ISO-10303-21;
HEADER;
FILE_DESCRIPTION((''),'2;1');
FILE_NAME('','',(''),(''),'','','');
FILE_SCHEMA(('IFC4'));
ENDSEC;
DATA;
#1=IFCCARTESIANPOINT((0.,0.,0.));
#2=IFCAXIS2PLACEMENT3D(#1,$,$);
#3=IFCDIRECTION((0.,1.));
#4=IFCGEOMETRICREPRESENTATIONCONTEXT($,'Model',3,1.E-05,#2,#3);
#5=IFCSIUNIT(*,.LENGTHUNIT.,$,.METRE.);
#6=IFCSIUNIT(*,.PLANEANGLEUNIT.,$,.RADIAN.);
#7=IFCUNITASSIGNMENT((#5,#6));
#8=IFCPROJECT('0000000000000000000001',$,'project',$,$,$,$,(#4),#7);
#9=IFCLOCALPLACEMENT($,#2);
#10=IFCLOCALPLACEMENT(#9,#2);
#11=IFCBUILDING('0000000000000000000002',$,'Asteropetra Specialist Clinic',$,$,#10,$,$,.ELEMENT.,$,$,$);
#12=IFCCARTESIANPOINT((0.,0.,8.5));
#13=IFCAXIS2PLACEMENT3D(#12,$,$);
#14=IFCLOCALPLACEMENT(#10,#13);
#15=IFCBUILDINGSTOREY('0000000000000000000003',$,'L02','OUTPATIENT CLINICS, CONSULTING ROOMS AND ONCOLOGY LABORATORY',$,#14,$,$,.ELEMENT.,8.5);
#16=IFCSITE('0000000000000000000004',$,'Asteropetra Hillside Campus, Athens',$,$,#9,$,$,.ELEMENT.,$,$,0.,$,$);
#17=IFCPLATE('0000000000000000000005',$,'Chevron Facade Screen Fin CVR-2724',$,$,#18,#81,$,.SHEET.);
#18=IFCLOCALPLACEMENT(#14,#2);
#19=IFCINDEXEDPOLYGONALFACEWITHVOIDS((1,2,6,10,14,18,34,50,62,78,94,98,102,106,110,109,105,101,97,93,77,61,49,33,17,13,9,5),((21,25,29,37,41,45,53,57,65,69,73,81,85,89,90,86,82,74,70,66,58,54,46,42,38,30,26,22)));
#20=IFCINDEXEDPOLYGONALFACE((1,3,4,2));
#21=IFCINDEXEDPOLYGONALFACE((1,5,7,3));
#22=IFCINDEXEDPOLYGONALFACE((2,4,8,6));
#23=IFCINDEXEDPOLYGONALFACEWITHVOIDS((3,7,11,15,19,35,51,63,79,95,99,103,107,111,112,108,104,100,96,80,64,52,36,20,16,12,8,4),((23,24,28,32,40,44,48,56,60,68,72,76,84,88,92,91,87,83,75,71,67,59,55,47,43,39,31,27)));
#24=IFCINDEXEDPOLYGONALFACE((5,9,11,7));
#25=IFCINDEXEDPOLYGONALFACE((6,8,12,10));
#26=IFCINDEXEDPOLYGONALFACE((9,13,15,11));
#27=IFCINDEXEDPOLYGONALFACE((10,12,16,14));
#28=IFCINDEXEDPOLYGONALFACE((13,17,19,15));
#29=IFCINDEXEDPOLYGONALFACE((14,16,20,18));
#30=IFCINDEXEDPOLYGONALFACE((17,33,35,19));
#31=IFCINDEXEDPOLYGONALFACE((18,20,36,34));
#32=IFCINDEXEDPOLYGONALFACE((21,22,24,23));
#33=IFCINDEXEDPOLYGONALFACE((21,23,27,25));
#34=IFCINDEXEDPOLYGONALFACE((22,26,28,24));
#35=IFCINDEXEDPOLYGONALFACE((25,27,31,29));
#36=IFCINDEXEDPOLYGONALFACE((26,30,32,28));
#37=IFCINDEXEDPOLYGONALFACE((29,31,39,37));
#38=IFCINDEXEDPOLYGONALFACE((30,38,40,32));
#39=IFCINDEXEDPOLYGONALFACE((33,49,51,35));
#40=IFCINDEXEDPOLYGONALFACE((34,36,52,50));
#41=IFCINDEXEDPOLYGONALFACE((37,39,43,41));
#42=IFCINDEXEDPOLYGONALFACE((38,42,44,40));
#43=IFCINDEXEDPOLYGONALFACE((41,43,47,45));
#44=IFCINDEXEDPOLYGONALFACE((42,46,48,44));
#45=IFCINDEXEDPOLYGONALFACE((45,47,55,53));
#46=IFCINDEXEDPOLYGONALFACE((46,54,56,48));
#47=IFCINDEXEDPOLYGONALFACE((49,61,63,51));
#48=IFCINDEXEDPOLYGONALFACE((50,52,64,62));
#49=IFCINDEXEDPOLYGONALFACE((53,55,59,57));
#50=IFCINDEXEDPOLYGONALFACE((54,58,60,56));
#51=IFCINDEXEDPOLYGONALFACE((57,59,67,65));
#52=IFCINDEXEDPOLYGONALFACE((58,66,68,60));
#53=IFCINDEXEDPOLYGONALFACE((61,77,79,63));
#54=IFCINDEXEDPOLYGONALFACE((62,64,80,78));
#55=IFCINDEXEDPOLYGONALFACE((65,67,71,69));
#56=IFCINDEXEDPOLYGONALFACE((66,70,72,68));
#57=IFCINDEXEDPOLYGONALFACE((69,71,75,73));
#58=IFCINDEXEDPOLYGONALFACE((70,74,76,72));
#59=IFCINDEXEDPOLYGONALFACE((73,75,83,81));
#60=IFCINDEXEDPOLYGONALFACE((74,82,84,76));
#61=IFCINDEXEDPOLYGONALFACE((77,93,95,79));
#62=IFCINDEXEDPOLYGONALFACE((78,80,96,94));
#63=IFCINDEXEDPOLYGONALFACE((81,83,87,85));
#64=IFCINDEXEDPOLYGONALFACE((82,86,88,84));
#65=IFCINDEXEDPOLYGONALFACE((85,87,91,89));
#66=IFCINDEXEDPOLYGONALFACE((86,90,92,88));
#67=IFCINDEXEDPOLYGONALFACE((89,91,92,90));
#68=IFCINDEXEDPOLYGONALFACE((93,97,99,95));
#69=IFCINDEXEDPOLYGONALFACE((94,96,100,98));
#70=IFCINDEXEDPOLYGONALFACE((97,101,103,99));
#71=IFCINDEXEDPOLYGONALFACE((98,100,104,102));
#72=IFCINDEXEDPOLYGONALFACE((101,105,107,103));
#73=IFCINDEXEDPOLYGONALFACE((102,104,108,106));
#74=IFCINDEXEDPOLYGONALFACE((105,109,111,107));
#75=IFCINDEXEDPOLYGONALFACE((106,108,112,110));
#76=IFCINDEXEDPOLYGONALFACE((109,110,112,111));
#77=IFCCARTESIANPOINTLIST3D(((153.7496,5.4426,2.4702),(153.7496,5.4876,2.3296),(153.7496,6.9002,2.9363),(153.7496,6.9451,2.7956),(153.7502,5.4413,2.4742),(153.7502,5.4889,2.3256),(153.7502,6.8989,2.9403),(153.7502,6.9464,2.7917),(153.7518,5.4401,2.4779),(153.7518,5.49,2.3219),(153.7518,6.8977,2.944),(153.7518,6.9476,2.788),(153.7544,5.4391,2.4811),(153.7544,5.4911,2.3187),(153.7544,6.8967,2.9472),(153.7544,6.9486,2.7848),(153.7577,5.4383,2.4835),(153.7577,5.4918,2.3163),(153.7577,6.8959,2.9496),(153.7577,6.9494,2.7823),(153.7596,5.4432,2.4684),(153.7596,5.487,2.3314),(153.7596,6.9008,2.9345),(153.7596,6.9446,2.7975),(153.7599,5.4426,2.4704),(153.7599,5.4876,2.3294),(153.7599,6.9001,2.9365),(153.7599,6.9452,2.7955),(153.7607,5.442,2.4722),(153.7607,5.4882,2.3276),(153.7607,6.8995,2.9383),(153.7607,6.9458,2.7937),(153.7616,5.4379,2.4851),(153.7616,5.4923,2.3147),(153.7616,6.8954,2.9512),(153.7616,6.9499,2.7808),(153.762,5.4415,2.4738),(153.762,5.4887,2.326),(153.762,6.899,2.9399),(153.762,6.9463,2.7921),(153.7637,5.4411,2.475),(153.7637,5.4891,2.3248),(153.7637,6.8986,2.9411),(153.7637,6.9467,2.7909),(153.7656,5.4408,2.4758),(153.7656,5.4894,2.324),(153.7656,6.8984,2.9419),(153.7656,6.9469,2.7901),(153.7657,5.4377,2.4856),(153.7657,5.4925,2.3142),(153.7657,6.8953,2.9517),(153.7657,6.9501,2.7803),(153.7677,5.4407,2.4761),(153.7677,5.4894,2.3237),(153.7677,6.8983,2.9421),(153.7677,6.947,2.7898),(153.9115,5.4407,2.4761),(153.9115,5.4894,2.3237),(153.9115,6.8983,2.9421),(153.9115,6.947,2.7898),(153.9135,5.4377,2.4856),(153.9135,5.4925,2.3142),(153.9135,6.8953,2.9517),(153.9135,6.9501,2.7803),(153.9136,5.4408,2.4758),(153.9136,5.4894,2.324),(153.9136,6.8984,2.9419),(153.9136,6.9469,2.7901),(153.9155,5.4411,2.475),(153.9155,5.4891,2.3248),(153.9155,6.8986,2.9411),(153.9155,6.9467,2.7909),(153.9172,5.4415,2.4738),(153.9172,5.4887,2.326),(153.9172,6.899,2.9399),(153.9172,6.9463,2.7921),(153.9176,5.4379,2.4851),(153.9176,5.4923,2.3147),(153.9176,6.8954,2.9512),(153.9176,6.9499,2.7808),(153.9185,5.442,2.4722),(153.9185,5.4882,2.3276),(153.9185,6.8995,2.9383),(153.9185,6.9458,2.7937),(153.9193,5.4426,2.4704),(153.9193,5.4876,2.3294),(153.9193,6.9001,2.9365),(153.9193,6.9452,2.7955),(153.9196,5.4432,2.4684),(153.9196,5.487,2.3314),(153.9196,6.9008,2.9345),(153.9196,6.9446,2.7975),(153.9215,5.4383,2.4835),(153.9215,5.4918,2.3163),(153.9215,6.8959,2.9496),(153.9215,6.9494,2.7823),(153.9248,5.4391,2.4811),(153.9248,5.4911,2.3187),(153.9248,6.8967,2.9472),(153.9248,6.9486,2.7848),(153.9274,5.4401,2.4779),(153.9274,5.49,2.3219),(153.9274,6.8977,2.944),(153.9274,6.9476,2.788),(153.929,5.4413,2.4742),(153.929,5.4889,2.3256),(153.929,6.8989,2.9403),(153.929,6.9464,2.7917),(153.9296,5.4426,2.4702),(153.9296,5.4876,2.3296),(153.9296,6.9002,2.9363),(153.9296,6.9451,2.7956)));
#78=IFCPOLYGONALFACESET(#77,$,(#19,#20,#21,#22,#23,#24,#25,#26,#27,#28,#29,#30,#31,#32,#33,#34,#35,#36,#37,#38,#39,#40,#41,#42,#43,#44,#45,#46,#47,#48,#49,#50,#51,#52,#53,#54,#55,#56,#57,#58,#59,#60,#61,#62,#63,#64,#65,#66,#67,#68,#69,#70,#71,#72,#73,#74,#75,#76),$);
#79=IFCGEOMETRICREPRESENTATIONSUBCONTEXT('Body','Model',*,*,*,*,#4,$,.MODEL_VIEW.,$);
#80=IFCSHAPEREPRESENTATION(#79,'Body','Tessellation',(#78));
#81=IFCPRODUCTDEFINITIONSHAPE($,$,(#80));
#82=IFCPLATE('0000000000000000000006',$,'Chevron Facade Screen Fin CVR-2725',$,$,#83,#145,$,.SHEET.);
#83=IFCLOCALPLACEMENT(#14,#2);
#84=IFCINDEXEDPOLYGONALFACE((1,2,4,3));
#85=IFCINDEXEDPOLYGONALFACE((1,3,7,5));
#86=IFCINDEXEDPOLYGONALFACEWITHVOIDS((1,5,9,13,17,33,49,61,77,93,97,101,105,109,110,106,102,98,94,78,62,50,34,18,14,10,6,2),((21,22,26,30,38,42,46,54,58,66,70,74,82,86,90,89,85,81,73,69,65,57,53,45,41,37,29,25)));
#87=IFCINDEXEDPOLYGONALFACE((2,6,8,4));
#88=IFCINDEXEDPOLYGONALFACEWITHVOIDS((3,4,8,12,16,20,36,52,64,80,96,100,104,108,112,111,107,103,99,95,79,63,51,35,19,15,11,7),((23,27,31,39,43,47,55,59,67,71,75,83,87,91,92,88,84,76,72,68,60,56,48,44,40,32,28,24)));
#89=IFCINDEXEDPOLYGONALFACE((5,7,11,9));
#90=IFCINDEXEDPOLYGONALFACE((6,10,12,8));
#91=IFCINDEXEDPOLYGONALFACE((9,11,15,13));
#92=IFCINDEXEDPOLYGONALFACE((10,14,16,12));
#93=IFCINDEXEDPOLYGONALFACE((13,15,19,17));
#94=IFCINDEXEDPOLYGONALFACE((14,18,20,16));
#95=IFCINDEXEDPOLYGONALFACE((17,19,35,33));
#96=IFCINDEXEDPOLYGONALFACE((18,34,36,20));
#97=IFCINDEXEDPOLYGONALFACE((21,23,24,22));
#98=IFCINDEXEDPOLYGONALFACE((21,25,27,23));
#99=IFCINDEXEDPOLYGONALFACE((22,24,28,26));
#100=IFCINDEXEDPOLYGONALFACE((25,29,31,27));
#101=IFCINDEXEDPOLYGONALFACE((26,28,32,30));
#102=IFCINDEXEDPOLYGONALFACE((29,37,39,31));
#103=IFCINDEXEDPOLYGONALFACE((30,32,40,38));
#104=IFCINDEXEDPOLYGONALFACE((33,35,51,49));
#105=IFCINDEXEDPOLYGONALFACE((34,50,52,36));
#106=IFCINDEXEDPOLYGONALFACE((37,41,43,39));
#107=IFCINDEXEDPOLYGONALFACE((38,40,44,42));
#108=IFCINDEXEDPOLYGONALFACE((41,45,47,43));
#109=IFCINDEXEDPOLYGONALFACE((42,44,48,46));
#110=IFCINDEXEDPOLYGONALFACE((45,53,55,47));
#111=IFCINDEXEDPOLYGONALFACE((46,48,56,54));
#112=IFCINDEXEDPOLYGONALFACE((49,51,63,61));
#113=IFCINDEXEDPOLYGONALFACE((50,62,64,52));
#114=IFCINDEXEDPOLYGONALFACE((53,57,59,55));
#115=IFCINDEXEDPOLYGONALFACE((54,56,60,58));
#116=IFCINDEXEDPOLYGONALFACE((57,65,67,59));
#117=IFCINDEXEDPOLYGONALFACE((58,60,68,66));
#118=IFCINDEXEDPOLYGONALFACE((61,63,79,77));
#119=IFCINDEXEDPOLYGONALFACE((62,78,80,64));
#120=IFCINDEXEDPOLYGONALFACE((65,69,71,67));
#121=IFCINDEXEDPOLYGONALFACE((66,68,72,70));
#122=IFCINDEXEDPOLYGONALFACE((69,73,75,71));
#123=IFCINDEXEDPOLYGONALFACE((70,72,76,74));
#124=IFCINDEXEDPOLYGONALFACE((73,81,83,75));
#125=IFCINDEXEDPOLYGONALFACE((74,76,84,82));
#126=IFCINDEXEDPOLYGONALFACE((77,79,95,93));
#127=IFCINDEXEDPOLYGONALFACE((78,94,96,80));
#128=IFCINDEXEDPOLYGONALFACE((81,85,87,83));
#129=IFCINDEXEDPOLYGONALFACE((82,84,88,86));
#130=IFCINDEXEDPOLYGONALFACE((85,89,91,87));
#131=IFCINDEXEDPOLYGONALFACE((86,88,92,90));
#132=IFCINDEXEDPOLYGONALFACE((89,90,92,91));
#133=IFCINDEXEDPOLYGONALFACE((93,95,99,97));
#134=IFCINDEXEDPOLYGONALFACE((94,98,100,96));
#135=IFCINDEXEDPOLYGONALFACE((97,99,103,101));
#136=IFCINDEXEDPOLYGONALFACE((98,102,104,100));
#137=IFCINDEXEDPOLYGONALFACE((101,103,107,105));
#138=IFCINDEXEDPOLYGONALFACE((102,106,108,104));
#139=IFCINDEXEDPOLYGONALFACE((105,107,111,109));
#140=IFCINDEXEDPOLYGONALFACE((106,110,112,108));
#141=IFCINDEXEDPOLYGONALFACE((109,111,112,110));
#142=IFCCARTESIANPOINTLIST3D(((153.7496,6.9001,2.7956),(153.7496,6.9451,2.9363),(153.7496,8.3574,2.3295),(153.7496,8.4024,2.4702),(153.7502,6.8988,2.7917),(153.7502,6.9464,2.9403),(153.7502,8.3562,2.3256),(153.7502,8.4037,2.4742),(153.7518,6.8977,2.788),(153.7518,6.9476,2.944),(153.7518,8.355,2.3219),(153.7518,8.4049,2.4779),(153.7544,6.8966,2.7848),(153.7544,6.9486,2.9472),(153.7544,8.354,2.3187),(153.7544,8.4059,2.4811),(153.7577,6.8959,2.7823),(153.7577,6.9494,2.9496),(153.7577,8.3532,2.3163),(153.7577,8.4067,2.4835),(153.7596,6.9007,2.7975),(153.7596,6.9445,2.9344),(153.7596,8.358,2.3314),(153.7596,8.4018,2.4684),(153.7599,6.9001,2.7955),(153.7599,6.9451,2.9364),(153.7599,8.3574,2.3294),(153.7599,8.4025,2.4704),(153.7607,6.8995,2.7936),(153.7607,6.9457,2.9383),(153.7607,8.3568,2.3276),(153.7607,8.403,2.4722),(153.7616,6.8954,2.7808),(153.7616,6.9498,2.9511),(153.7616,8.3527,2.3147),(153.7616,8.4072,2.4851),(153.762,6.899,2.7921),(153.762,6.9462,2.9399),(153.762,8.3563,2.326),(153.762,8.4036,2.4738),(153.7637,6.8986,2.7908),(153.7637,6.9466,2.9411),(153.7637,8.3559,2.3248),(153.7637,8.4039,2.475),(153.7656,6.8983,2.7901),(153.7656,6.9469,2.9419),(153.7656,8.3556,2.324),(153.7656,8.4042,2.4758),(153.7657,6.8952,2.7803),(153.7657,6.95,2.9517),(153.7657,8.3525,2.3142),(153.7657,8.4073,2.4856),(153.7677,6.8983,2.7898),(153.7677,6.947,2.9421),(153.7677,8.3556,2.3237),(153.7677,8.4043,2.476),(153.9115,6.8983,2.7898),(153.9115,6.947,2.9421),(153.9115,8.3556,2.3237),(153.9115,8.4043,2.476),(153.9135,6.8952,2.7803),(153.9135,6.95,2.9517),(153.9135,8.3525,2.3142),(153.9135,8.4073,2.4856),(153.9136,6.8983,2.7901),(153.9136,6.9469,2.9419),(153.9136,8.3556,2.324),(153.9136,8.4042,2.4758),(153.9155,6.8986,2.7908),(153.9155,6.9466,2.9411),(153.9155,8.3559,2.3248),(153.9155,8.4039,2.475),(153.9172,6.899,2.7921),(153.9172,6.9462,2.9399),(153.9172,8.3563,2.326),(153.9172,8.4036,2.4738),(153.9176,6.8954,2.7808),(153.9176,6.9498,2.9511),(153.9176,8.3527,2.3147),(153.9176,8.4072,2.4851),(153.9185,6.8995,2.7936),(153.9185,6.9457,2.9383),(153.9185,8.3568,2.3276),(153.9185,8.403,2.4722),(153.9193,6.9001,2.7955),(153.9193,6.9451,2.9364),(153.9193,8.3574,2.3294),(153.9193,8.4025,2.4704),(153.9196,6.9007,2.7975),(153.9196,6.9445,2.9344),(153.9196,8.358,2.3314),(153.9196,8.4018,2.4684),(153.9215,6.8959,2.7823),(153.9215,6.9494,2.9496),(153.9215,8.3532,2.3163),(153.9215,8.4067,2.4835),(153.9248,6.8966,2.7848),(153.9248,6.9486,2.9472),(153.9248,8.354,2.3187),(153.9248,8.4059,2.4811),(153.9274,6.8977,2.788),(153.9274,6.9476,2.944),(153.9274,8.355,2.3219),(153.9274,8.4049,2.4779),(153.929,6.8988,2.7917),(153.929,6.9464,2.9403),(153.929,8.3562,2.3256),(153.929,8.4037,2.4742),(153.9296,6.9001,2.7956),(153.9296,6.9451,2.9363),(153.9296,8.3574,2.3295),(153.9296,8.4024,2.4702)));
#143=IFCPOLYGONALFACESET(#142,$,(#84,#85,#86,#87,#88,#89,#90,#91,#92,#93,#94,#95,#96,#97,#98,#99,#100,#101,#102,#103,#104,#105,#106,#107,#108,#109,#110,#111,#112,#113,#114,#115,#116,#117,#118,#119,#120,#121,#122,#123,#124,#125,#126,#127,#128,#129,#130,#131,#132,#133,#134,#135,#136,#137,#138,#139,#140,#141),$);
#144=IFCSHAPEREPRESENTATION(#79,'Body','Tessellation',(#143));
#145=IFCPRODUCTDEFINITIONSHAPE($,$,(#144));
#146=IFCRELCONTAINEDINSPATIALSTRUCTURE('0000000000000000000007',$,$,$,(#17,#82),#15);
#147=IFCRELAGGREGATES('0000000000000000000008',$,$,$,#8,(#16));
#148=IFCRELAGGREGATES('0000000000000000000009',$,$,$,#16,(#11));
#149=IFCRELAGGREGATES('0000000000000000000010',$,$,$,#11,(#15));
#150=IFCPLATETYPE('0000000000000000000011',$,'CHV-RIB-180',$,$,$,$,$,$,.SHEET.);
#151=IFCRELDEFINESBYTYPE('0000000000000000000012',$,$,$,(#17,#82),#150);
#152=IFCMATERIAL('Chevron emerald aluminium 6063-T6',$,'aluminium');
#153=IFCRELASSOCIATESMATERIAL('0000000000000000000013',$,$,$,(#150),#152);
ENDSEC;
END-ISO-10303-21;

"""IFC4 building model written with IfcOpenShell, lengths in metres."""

from ifc_helpers import new_model, si_unit, direction, frame, origin, origin_2d, place, context, subcontext, project, spatial, hollow_rectangle, extrude, material, material_profile, profile_set, type_object, element, save


model = new_model("IFC4")

# Units and contexts
model_context = context("Model", 3, precision=1e-05, world=origin(), true_north=direction((0.0, 1.0)))
body_context = subcontext(model_context, "Body", "Model", "MODEL_VIEW")
ifc_project = project(units=[si_unit("LENGTHUNIT", "METRE"), si_unit("PLANEANGLEUNIT", "RADIAN")], contexts=[model_context])

# Site, building, storey
site_placement = place(None, origin())
site = spatial("IfcSite", under=ifc_project, at=site_placement, Name="Asteropetra Hillside Campus, Athens", CompositionType="ELEMENT", RefElevation=0.0)
building_placement = place(site_placement, origin())
building = spatial("IfcBuilding", under=site, at=building_placement, Name="Asteropetra Specialist Clinic", CompositionType="ELEMENT")
storey_placement = place(building_placement, frame((0.0, 0.0, 8.5)))
storey = spatial("IfcBuildingStorey", under=building, at=storey_placement, Name="L02", Description="OUTPATIENT CLINICS, CONSULTING ROOMS AND ONCOLOGY LABORATORY", CompositionType="ELEMENT", Elevation=8.5)

# Plates
ifc_material_1 = material(Name="Chevron emerald aluminium 6063-T6", Category="aluminium")
ifc_material_profile_1 = material_profile(ifc_material_1, hollow_rectangle(XDim=0.1799, YDim=0.1799, WallThickness=0.01, InnerFilletRadius=0.0081, OuterFilletRadius=0.0161, at=origin_2d()), Name="SHS 180x180x10.0")
ifc_profile_set_1 = profile_set([ifc_material_profile_1], Name="Chevron emerald aluminium 6063-T6")
plate_type = type_object("IfcPlateType", Name="CHV-RIB-180", PredefinedType="SHEET", material=ifc_profile_set_1)
plate_placement = place(storey_placement, frame((153.8396, 5.4651, 2.3999), z_axis=(0.0, 0.952489, 0.304573), x_axis=(-1.0, 0.0, 0.0)))
element("IfcPlate", 1, at=plate_placement, inside=storey, type_object=plate_type, Name="Chevron Facade Screen Fin CVR-2724", PredefinedType="SHEET", context=body_context, shape_type="SweptSolid", body=[
    extrude(hollow_rectangle(XDim=0.1799, YDim=0.1799, WallThickness=0.01, InnerFilletRadius=0.0081, OuterFilletRadius=0.0161, at=origin_2d()), origin(), (0.0, 0.0, 1.0), 1.5303),
])
for number, where, z_axis, x_axis, name in (
    (2, (153.8396, 6.9226, 2.866), (0.0, 0.952474, -0.304619), (-1.0, 0.0, 0.0), "Chevron Facade Screen Fin CVR-2725"),
):
    element("IfcPlate", number, at=place(storey_placement, frame(where, z_axis=z_axis, x_axis=x_axis)), inside=storey, type_object=plate_type, Name=name, PredefinedType="SHEET", context=body_context, shape_type="SweptSolid", body=[
        extrude(hollow_rectangle(XDim=0.1799, YDim=0.1799, WallThickness=0.01, InnerFilletRadius=0.0081, OuterFilletRadius=0.0161, at=origin_2d()), origin(), (0.0, 0.0, 1.0), 1.53),
    ])

save(model, "model.ifc")
